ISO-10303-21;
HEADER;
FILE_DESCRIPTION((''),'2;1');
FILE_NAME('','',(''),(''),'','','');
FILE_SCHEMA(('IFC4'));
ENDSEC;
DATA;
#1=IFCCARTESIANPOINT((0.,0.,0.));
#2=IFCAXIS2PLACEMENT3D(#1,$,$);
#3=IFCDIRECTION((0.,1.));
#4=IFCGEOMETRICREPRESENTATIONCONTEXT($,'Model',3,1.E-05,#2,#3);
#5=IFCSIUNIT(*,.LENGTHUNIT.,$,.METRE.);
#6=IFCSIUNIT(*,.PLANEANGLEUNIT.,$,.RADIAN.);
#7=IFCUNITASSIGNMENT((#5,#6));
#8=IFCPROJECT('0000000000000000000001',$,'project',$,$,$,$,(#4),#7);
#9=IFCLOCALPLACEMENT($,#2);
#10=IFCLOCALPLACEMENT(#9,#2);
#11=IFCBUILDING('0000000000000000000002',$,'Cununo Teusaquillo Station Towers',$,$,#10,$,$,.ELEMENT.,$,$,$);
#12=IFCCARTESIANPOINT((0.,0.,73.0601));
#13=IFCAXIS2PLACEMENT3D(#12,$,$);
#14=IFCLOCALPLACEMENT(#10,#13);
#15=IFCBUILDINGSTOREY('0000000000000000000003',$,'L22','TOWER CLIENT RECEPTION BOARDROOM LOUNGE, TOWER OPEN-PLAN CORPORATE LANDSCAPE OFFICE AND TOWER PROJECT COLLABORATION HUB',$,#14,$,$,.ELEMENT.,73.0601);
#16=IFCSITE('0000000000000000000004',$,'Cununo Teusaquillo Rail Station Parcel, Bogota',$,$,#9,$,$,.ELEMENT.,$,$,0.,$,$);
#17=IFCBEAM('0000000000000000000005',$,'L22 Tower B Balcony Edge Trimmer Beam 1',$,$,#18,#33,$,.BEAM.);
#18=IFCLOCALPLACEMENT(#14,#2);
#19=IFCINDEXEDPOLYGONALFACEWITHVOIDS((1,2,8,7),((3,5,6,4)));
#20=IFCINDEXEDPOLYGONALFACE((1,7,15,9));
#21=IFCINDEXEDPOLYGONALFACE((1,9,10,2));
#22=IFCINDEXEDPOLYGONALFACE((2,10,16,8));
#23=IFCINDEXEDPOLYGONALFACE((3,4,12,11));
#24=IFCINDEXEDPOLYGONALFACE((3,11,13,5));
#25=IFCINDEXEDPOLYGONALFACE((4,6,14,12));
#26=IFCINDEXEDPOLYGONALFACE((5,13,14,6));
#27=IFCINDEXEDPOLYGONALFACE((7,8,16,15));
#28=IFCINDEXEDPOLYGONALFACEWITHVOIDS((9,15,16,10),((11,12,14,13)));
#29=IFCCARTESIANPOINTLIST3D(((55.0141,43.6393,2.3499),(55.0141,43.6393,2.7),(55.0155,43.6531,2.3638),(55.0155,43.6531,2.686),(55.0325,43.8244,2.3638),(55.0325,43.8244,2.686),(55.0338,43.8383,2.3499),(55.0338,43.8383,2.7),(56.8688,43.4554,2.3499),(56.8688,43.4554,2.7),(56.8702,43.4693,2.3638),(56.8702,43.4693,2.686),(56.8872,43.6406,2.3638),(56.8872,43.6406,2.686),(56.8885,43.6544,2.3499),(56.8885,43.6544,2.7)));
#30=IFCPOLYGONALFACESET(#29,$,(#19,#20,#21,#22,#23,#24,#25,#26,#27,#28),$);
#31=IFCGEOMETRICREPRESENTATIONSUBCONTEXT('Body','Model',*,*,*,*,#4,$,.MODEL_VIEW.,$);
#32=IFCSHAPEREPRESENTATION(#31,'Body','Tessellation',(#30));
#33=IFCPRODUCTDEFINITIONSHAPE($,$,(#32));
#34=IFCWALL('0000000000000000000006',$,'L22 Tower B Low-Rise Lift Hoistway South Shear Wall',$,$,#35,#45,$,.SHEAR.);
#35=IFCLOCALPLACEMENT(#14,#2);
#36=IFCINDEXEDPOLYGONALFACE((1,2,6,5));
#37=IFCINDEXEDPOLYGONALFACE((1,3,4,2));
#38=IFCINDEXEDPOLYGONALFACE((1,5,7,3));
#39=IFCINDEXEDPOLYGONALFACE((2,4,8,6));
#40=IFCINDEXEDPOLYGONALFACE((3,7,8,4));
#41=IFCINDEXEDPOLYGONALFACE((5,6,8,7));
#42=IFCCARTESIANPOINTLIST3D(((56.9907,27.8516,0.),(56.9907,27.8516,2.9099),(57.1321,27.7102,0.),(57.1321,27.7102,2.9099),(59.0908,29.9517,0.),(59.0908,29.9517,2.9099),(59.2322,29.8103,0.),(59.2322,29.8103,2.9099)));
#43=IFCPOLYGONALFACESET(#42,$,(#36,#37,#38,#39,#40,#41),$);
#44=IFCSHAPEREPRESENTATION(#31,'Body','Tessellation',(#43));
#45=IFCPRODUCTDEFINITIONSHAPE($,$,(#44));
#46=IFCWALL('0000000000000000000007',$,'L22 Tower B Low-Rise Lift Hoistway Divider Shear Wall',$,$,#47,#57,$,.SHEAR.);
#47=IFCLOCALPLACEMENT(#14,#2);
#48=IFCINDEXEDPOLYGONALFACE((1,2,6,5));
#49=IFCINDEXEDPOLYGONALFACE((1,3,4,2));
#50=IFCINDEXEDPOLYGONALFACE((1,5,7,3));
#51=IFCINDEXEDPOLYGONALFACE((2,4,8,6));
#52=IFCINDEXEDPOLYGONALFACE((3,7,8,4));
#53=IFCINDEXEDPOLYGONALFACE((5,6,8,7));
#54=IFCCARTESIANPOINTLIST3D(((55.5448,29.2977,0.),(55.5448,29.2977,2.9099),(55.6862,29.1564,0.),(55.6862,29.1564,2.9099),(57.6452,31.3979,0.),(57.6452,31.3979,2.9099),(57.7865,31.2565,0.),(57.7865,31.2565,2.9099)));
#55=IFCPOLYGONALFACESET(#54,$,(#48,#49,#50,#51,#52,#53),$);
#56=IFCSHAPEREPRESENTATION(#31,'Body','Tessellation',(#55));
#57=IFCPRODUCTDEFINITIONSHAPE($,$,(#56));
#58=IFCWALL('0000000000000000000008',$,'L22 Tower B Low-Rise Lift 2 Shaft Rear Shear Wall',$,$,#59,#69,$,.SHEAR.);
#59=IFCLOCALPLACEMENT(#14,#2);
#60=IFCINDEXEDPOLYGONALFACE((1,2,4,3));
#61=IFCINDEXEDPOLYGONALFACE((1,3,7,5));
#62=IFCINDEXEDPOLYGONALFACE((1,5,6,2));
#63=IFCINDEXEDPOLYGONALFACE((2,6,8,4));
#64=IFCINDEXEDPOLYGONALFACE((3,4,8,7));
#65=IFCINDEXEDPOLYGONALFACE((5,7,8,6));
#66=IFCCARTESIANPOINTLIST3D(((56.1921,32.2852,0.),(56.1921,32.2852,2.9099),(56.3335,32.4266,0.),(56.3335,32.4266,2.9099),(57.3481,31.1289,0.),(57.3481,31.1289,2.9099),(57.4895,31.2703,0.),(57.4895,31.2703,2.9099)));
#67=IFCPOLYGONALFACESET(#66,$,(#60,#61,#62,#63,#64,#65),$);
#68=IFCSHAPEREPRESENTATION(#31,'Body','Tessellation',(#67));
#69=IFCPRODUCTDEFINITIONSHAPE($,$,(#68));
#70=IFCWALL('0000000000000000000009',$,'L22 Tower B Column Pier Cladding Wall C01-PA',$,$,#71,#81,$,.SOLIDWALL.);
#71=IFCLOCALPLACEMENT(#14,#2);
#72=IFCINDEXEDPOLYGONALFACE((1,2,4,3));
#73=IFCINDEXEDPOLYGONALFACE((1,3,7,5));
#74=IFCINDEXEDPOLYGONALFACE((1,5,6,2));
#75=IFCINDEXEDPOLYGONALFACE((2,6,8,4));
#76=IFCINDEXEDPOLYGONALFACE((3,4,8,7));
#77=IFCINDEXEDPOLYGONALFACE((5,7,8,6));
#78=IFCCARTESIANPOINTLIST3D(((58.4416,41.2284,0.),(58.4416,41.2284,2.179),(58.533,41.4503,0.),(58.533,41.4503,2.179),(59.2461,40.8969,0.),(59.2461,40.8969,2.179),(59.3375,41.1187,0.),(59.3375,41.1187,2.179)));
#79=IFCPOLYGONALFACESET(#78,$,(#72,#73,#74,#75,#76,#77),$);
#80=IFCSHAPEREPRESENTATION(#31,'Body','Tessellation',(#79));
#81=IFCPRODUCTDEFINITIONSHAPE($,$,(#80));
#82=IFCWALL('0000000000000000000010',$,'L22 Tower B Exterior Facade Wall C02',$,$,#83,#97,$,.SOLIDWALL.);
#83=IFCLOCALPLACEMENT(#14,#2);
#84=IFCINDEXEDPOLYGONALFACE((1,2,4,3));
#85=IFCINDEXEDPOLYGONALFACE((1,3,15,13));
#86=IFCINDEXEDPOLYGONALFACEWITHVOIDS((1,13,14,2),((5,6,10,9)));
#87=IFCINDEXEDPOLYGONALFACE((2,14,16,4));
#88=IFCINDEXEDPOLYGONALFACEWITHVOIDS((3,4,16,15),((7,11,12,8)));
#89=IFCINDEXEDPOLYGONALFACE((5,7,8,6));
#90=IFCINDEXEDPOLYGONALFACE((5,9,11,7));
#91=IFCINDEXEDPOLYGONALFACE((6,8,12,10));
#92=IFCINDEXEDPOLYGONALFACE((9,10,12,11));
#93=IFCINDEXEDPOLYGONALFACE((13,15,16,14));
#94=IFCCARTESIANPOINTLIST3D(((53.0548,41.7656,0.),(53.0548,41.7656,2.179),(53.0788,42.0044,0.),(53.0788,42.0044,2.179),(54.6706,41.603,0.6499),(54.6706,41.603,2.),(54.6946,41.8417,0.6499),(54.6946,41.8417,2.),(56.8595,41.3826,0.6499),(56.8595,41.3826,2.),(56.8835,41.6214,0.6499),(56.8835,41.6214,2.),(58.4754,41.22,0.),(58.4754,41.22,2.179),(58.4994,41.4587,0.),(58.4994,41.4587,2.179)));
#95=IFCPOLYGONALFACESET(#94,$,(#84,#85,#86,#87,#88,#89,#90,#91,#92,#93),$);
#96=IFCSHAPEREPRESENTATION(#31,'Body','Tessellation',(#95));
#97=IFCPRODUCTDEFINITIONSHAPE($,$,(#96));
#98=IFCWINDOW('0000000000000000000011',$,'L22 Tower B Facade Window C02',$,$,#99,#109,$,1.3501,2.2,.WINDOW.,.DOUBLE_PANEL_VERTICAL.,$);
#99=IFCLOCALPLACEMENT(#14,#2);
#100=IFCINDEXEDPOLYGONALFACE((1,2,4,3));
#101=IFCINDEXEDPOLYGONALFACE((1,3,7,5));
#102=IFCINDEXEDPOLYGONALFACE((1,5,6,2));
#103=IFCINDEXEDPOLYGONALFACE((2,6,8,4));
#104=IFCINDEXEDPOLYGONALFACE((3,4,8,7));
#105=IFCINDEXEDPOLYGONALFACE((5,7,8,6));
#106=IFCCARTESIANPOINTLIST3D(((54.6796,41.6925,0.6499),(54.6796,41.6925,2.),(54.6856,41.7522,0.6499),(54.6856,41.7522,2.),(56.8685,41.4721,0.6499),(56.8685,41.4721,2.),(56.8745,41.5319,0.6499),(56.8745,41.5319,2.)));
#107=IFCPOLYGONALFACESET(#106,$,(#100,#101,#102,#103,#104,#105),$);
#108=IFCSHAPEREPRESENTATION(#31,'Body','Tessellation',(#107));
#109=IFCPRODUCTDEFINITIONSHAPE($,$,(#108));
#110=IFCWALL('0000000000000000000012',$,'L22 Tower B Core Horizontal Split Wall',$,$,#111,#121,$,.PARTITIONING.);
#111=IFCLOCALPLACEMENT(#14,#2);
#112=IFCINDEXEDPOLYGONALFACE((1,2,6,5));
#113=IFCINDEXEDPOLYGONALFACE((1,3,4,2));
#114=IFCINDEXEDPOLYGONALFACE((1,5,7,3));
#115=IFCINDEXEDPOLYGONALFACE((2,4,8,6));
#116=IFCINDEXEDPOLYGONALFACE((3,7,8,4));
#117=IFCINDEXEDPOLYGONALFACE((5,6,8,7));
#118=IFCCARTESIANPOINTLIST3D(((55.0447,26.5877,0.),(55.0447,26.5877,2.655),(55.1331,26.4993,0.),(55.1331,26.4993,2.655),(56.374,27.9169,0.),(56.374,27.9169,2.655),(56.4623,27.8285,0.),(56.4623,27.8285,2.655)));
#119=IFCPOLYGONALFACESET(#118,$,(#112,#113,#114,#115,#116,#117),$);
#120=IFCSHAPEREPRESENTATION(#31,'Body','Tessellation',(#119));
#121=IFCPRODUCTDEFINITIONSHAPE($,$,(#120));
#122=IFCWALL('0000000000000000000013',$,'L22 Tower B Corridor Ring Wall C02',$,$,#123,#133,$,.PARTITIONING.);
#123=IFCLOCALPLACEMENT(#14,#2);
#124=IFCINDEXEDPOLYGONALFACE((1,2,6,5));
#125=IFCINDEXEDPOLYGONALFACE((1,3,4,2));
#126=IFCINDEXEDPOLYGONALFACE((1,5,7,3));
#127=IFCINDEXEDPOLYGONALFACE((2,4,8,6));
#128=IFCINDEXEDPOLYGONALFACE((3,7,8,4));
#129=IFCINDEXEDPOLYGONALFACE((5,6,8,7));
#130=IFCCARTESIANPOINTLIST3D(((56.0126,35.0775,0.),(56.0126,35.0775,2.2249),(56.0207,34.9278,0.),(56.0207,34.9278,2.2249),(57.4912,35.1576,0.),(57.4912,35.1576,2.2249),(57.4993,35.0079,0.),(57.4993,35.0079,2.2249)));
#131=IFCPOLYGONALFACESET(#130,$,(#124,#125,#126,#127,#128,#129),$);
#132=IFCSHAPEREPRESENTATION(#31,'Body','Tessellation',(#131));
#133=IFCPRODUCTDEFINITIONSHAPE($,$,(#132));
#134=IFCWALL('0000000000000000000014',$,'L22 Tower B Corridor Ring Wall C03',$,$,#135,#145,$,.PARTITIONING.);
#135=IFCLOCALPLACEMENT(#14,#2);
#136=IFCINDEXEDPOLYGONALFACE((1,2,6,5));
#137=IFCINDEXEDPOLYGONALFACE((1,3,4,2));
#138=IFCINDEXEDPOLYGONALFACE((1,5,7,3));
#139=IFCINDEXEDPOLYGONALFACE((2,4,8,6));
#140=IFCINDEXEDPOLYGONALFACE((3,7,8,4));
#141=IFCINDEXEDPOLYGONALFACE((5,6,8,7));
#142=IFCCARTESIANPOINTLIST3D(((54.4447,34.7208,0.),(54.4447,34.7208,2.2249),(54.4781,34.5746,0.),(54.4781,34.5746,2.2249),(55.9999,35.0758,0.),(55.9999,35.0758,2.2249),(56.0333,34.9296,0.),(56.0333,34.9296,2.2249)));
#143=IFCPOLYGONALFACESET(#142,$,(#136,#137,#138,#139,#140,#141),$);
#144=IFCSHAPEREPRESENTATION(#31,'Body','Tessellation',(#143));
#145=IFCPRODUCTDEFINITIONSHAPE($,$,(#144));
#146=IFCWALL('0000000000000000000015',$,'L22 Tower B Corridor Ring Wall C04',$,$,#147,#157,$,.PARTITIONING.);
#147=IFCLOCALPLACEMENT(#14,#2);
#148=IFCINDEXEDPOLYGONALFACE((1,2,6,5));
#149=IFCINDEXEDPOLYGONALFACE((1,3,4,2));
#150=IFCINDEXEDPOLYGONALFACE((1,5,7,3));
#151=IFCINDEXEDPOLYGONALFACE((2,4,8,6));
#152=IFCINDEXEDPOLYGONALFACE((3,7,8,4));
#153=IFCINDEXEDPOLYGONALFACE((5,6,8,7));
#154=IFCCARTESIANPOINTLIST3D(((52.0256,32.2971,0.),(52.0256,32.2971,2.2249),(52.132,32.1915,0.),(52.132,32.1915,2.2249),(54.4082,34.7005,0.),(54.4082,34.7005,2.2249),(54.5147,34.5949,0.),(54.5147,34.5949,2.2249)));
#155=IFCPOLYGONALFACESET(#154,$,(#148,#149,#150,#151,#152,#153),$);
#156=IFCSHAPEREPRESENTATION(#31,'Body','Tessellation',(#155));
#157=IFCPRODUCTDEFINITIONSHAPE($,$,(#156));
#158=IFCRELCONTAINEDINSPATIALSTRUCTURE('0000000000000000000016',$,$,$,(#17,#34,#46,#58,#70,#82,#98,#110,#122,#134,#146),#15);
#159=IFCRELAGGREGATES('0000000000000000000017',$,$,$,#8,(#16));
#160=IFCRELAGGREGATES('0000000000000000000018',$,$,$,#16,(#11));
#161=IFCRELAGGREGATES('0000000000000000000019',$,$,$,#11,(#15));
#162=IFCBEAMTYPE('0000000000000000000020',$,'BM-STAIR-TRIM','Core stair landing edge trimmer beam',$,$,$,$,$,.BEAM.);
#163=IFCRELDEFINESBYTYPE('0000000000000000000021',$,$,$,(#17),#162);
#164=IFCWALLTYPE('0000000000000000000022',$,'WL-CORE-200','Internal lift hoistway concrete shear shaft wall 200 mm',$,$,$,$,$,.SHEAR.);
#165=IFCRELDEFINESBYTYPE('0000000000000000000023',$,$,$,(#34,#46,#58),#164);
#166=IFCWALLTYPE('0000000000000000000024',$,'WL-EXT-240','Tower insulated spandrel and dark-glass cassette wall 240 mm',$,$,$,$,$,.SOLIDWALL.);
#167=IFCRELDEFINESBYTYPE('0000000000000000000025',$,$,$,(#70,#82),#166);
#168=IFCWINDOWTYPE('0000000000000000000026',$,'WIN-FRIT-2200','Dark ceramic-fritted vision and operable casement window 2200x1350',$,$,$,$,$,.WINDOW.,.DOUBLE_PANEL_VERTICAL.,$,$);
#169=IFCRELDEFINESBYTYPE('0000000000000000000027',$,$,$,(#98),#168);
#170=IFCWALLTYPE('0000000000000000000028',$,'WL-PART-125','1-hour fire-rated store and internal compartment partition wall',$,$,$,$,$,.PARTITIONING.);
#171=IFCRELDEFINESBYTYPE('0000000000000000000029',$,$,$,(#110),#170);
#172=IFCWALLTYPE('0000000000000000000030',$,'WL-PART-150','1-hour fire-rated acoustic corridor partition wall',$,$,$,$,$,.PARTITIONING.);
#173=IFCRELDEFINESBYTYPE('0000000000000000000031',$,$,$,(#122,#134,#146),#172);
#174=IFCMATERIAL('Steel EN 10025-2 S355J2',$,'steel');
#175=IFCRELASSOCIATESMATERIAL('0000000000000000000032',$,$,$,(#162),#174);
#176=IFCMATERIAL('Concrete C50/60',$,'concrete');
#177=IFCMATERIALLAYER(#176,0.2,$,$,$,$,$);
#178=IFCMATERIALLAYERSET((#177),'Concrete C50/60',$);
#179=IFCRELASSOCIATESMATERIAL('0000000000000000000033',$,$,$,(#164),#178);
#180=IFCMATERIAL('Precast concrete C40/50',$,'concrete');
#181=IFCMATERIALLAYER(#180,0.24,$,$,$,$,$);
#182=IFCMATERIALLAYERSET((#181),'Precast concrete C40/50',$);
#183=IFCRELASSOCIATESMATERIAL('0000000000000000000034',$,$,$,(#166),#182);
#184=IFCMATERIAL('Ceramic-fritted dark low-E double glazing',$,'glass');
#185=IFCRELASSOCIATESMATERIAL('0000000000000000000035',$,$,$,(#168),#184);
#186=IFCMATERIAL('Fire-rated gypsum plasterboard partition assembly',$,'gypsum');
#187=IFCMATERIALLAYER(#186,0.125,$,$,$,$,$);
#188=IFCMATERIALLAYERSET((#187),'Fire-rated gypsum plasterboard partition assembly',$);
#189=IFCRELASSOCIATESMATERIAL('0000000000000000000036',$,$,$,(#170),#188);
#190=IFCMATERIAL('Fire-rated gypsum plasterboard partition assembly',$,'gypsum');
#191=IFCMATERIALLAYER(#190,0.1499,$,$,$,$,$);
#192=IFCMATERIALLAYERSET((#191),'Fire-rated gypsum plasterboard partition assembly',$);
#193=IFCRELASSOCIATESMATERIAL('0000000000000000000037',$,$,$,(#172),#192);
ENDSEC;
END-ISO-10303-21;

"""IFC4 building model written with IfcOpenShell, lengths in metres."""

from ifc_helpers import new_model, si_unit, direction, frame, frame_2d, origin, origin_2d, place, context, subcontext, project, spatial, rectangle, hollow_rectangle, extrude, source, transform, mapped, material, layer, layer_set, material_profile, profile_set, type_object, element, fill, save


model = new_model("IFC4")

# Units and contexts
model_context = context("Model", 3, precision=1e-05, world=origin(), true_north=direction((0.0, 1.0)))
body_context = subcontext(model_context, "Body", "Model", "MODEL_VIEW")
ifc_project = project(units=[si_unit("LENGTHUNIT", "METRE"), si_unit("PLANEANGLEUNIT", "RADIAN")], contexts=[model_context])

# Site, building, storey
site_placement = place(None, origin())
site = spatial("IfcSite", under=ifc_project, at=site_placement, Name="Cununo Teusaquillo Rail Station Parcel, Bogota", CompositionType="ELEMENT", RefElevation=0.0)
building_placement = place(site_placement, origin())
building = spatial("IfcBuilding", under=site, at=building_placement, Name="Cununo Teusaquillo Station Towers", CompositionType="ELEMENT")
storey_placement = place(building_placement, frame((0.0, 0.0, 73.0601)))
storey = spatial("IfcBuildingStorey", under=building, at=storey_placement, Name="L22", Description="TOWER CLIENT RECEPTION BOARDROOM LOUNGE, TOWER OPEN-PLAN CORPORATE LANDSCAPE OFFICE AND TOWER PROJECT COLLABORATION HUB", CompositionType="ELEMENT", Elevation=73.0601)

# Beam
ifc_material_1 = material(Name="Steel EN 10025-2 S355J2", Category="steel")
ifc_material_profile_1 = material_profile(ifc_material_1, hollow_rectangle(XDim=0.2, YDim=0.3501, WallThickness=0.0139, at=origin_2d()), Name="RHS 350x200x14")
ifc_profile_set_1 = profile_set([ifc_material_profile_1], Name="Steel EN 10025-2 S355J2")
beam_type_1 = type_object("IfcBeamType", Name="BM-STAIR-TRIM", Description="Core stair landing edge trimmer beam", PredefinedType="BEAM", material=ifc_profile_set_1)
beam_1_placement = place(storey_placement, frame((56.8787, 43.5549, 2.5249), z_axis=(-0.995124, 0.098635, 0.0), x_axis=(-0.098635, -0.995124, 0.0)))
element("IfcBeam", 1, at=beam_1_placement, inside=storey, type_object=beam_type_1, Name="L22 Tower B Balcony Edge Trimmer Beam 1", PredefinedType="BEAM", context=body_context, shape_type="SweptSolid", body=[
    extrude(hollow_rectangle(XDim=0.2, YDim=0.3501, WallThickness=0.0139, at=origin_2d()), origin(), (0.0, 0.0, 1.0), 1.8638),
])

# Walls
ifc_material_2 = material(Name="Concrete C50/60", Category="concrete")
ifc_layer_1 = layer(ifc_material_2, 0.2)
ifc_layer_set_1 = layer_set([ifc_layer_1], Name="Concrete C50/60")
wall_type_1 = type_object("IfcWallType", Name="WL-CORE-200", Description="Internal lift hoistway concrete shear shaft wall 200 mm", PredefinedType="SHEAR", material=ifc_layer_set_1)
wall_1_placement = place(storey_placement, frame((57.0615, 27.781, 0.0), z_axis=(0.0, 0.0, 1.0), x_axis=(0.707107, 0.707107, 0.0)))
element("IfcWall", 2, at=wall_1_placement, inside=storey, type_object=wall_type_1, Name="L22 Tower B Low-Rise Lift Hoistway South Shear Wall", PredefinedType="SHEAR", context=body_context, shape_type="SweptSolid", body=[
    extrude(rectangle(XDim=2.97, YDim=0.2, at=frame_2d((1.4849, 0.0))), origin(), (0.0, 0.0, 1.0), 2.9099),
])
wall_2_placement = place(storey_placement, frame((55.6155, 29.2271, 0.0), z_axis=(0.0, 0.0, 1.0), x_axis=(0.707148, 0.707066, 0.0)))
element("IfcWall", 3, at=wall_2_placement, inside=storey, type_object=wall_type_1, Name="L22 Tower B Low-Rise Lift Hoistway Divider Shear Wall", PredefinedType="SHEAR", context=body_context, shape_type="SweptSolid", body=[
    extrude(rectangle(XDim=2.9702, YDim=0.2, at=frame_2d((1.4851, 0.0))), origin(), (0.0, 0.0, 1.0), 2.9099),
])
wall_3_placement = place(storey_placement, frame((57.4187, 31.1997, 0.0), z_axis=(0.0, 0.0, 1.0), x_axis=(-0.707032, 0.707181, 0.0)))
element("IfcWall", 4, at=wall_3_placement, inside=storey, type_object=wall_type_1, Name="L22 Tower B Low-Rise Lift 2 Shaft Rear Shear Wall", PredefinedType="SHEAR", context=body_context, shape_type="SweptSolid", body=[
    extrude(rectangle(XDim=1.635, YDim=0.2, at=frame_2d((0.8174, 0.0))), origin(), (0.0, 0.0, 1.0), 2.9099),
])
ifc_material_3 = material(Name="Precast concrete C40/50", Category="concrete")
ifc_layer_2 = layer(ifc_material_3, 0.24)
ifc_layer_set_2 = layer_set([ifc_layer_2], Name="Precast concrete C40/50")
wall_type_2 = type_object("IfcWallType", Name="WL-EXT-240", Description="Tower insulated spandrel and dark-glass cassette wall 240 mm", PredefinedType="SOLIDWALL", material=ifc_layer_set_2)
wall_4_placement = place(storey_placement, frame((58.4873, 41.3394, 0.0), z_axis=(0.0, 0.0, 1.0), x_axis=(0.924556, -0.381046, 0.0)))
element("IfcWall", 5, at=wall_4_placement, inside=storey, type_object=wall_type_2, Name="L22 Tower B Column Pier Cladding Wall C01-PA", PredefinedType="SOLIDWALL", context=body_context, shape_type="SweptSolid", body=[
    extrude(rectangle(XDim=0.8701, YDim=0.24, at=frame_2d((0.4351, 0.0))), origin(), (0.0, 0.0, 1.0), 2.179),
])

# Wall, opening, window
wall_5_placement = place(storey_placement, frame((53.0667, 41.885, 0.0), z_axis=(0.0, 0.0, 1.0), x_axis=(0.994972, -0.100156, 0.0)))
wall_5 = element("IfcWall", 6, at=wall_5_placement, inside=storey, type_object=wall_type_2, Name="L22 Tower B Exterior Facade Wall C02", PredefinedType="SOLIDWALL", context=body_context, shape_type="SweptSolid", body=[
    extrude(rectangle(XDim=5.448, YDim=0.24, at=frame_2d((2.7241, 0.0))), origin(), (0.0, 0.0, 1.0), 2.179),
])
shared_shape_1 = source(origin(), body_context, "Body", "SweptSolid", [
    extrude(rectangle(XDim=2.2, YDim=1.3501, at=frame_2d((1.1001, 0.675))), frame((0.0, 0.1299, 0.0), z_axis=(0.0, -1.0, 0.0), x_axis=(1.0, 0.0, 0.0)), (0.0, 0.0, 1.0), 0.26),
])
opening_1_placement = place(wall_5_placement, frame((1.624, 0.0, 0.6499)))
opening_1 = element("IfcOpeningElement", 7, at=opening_1_placement, cuts=wall_5, PredefinedType="OPENING", context=body_context, shape_type="MappedRepresentation", body=[
    mapped(shared_shape_1, transform((0.0, 0.0, 0.0), x_axis=(1.0, 0.0, 0.0), y_axis=(0.0, 1.0, 0.0), z_axis=(0.0, 0.0, 1.0), scale=1.0)),
])
ifc_material_4 = material(Name="Ceramic-fritted dark low-E double glazing", Category="glass")
window_type = type_object("IfcWindowType", Name="WIN-FRIT-2200", Description="Dark ceramic-fritted vision and operable casement window 2200x1350", PartitioningType="DOUBLE_PANEL_VERTICAL", PredefinedType="WINDOW", material=ifc_material_4)
shared_shape_2 = source(origin(), body_context, "Body", "SweptSolid", [
    extrude(rectangle(XDim=2.2, YDim=1.3501, at=frame_2d((1.1001, 0.675))), frame((0.0, 0.03, 0.0), z_axis=(0.0, -1.0, 0.0), x_axis=(1.0, 0.0, 0.0)), (0.0, 0.0, 1.0), 0.0601),
])
window_placement = place(opening_1_placement, origin())
window = element("IfcWindow", 8, at=window_placement, inside=storey, type_object=window_type, Name="L22 Tower B Facade Window C02", OverallHeight=1.3501, OverallWidth=2.2, PartitioningType="DOUBLE_PANEL_VERTICAL", PredefinedType="WINDOW", context=body_context, shape_type="MappedRepresentation", body=[
    mapped(shared_shape_2, transform((0.0, 0.0, 0.0), x_axis=(1.0, 0.0, 0.0), y_axis=(0.0, 1.0, 0.0), z_axis=(0.0, 0.0, 1.0), scale=1.0)),
])
fill(opening_1, window)

# Walls
ifc_material_5 = material(Name="Fire-rated gypsum plasterboard partition assembly", Category="gypsum")
ifc_layer_3 = layer(ifc_material_5, 0.125)
ifc_layer_set_3 = layer_set([ifc_layer_3], Name="Fire-rated gypsum plasterboard partition assembly")
wall_type_3 = type_object("IfcWallType", Name="WL-PART-125", Description="1-hour fire-rated store and internal compartment partition wall", PredefinedType="PARTITIONING", material=ifc_layer_set_3)
wall_6_placement = place(storey_placement, frame((55.0889, 26.5435, 0.0), z_axis=(0.0, 0.0, 1.0), x_axis=(0.707107, 0.707107, 0.0)))
element("IfcWall", 9, at=wall_6_placement, inside=storey, type_object=wall_type_3, Name="L22 Tower B Core Horizontal Split Wall", PredefinedType="PARTITIONING", context=body_context, shape_type="SweptSolid", body=[
    extrude(rectangle(XDim=1.8799, YDim=0.125, at=frame_2d((0.9399, 0.0))), origin(), (0.0, 0.0, 1.0), 2.655),
])
ifc_material_6 = material(Name="Fire-rated gypsum plasterboard partition assembly", Category="gypsum")
ifc_layer_4 = layer(ifc_material_6, 0.1499)
ifc_layer_set_4 = layer_set([ifc_layer_4], Name="Fire-rated gypsum plasterboard partition assembly")
wall_type_4 = type_object("IfcWallType", Name="WL-PART-150", Description="1-hour fire-rated acoustic corridor partition wall", PredefinedType="PARTITIONING", material=ifc_layer_set_4)
wall_7_placement = place(storey_placement, frame((57.4951, 35.0828, 0.0), z_axis=(0.0, 0.0, 1.0), x_axis=(-0.998537, -0.054082, 0.0)))
element("IfcWall", 10, at=wall_7_placement, inside=storey, type_object=wall_type_4, Name="L22 Tower B Corridor Ring Wall C02", PredefinedType="PARTITIONING", context=body_context, shape_type="SweptSolid", body=[
    extrude(rectangle(XDim=1.4807, YDim=0.1499, at=frame_2d((0.7402, 0.0))), origin(), (0.0, 0.0, 1.0), 2.2249),
])
wall_8_placement = place(storey_placement, frame((56.0166, 35.0027, 0.0), z_axis=(0.0, 0.0, 1.0), x_axis=(-0.974925, -0.222534, 0.0)))
element("IfcWall", 11, at=wall_8_placement, inside=storey, type_object=wall_type_4, Name="L22 Tower B Corridor Ring Wall C03", PredefinedType="PARTITIONING", context=body_context, shape_type="SweptSolid", body=[
    extrude(rectangle(XDim=1.5952, YDim=0.1499, at=frame_2d((0.7976, 0.0))), origin(), (0.0, 0.0, 1.0), 2.2249),
])
wall_9_placement = place(storey_placement, frame((54.4614, 34.6477, 0.0), z_axis=(0.0, 0.0, 1.0), x_axis=(-0.704034, -0.710166, 0.0)))
element("IfcWall", 12, at=wall_9_placement, inside=storey, type_object=wall_type_4, Name="L22 Tower B Corridor Ring Wall C04", PredefinedType="PARTITIONING", context=body_context, shape_type="SweptSolid", body=[
    extrude(rectangle(XDim=3.3843, YDim=0.1499, at=frame_2d((1.6921, 0.0))), origin(), (0.0, 0.0, 1.0), 2.2249),
])

save(model, "model.ifc")
